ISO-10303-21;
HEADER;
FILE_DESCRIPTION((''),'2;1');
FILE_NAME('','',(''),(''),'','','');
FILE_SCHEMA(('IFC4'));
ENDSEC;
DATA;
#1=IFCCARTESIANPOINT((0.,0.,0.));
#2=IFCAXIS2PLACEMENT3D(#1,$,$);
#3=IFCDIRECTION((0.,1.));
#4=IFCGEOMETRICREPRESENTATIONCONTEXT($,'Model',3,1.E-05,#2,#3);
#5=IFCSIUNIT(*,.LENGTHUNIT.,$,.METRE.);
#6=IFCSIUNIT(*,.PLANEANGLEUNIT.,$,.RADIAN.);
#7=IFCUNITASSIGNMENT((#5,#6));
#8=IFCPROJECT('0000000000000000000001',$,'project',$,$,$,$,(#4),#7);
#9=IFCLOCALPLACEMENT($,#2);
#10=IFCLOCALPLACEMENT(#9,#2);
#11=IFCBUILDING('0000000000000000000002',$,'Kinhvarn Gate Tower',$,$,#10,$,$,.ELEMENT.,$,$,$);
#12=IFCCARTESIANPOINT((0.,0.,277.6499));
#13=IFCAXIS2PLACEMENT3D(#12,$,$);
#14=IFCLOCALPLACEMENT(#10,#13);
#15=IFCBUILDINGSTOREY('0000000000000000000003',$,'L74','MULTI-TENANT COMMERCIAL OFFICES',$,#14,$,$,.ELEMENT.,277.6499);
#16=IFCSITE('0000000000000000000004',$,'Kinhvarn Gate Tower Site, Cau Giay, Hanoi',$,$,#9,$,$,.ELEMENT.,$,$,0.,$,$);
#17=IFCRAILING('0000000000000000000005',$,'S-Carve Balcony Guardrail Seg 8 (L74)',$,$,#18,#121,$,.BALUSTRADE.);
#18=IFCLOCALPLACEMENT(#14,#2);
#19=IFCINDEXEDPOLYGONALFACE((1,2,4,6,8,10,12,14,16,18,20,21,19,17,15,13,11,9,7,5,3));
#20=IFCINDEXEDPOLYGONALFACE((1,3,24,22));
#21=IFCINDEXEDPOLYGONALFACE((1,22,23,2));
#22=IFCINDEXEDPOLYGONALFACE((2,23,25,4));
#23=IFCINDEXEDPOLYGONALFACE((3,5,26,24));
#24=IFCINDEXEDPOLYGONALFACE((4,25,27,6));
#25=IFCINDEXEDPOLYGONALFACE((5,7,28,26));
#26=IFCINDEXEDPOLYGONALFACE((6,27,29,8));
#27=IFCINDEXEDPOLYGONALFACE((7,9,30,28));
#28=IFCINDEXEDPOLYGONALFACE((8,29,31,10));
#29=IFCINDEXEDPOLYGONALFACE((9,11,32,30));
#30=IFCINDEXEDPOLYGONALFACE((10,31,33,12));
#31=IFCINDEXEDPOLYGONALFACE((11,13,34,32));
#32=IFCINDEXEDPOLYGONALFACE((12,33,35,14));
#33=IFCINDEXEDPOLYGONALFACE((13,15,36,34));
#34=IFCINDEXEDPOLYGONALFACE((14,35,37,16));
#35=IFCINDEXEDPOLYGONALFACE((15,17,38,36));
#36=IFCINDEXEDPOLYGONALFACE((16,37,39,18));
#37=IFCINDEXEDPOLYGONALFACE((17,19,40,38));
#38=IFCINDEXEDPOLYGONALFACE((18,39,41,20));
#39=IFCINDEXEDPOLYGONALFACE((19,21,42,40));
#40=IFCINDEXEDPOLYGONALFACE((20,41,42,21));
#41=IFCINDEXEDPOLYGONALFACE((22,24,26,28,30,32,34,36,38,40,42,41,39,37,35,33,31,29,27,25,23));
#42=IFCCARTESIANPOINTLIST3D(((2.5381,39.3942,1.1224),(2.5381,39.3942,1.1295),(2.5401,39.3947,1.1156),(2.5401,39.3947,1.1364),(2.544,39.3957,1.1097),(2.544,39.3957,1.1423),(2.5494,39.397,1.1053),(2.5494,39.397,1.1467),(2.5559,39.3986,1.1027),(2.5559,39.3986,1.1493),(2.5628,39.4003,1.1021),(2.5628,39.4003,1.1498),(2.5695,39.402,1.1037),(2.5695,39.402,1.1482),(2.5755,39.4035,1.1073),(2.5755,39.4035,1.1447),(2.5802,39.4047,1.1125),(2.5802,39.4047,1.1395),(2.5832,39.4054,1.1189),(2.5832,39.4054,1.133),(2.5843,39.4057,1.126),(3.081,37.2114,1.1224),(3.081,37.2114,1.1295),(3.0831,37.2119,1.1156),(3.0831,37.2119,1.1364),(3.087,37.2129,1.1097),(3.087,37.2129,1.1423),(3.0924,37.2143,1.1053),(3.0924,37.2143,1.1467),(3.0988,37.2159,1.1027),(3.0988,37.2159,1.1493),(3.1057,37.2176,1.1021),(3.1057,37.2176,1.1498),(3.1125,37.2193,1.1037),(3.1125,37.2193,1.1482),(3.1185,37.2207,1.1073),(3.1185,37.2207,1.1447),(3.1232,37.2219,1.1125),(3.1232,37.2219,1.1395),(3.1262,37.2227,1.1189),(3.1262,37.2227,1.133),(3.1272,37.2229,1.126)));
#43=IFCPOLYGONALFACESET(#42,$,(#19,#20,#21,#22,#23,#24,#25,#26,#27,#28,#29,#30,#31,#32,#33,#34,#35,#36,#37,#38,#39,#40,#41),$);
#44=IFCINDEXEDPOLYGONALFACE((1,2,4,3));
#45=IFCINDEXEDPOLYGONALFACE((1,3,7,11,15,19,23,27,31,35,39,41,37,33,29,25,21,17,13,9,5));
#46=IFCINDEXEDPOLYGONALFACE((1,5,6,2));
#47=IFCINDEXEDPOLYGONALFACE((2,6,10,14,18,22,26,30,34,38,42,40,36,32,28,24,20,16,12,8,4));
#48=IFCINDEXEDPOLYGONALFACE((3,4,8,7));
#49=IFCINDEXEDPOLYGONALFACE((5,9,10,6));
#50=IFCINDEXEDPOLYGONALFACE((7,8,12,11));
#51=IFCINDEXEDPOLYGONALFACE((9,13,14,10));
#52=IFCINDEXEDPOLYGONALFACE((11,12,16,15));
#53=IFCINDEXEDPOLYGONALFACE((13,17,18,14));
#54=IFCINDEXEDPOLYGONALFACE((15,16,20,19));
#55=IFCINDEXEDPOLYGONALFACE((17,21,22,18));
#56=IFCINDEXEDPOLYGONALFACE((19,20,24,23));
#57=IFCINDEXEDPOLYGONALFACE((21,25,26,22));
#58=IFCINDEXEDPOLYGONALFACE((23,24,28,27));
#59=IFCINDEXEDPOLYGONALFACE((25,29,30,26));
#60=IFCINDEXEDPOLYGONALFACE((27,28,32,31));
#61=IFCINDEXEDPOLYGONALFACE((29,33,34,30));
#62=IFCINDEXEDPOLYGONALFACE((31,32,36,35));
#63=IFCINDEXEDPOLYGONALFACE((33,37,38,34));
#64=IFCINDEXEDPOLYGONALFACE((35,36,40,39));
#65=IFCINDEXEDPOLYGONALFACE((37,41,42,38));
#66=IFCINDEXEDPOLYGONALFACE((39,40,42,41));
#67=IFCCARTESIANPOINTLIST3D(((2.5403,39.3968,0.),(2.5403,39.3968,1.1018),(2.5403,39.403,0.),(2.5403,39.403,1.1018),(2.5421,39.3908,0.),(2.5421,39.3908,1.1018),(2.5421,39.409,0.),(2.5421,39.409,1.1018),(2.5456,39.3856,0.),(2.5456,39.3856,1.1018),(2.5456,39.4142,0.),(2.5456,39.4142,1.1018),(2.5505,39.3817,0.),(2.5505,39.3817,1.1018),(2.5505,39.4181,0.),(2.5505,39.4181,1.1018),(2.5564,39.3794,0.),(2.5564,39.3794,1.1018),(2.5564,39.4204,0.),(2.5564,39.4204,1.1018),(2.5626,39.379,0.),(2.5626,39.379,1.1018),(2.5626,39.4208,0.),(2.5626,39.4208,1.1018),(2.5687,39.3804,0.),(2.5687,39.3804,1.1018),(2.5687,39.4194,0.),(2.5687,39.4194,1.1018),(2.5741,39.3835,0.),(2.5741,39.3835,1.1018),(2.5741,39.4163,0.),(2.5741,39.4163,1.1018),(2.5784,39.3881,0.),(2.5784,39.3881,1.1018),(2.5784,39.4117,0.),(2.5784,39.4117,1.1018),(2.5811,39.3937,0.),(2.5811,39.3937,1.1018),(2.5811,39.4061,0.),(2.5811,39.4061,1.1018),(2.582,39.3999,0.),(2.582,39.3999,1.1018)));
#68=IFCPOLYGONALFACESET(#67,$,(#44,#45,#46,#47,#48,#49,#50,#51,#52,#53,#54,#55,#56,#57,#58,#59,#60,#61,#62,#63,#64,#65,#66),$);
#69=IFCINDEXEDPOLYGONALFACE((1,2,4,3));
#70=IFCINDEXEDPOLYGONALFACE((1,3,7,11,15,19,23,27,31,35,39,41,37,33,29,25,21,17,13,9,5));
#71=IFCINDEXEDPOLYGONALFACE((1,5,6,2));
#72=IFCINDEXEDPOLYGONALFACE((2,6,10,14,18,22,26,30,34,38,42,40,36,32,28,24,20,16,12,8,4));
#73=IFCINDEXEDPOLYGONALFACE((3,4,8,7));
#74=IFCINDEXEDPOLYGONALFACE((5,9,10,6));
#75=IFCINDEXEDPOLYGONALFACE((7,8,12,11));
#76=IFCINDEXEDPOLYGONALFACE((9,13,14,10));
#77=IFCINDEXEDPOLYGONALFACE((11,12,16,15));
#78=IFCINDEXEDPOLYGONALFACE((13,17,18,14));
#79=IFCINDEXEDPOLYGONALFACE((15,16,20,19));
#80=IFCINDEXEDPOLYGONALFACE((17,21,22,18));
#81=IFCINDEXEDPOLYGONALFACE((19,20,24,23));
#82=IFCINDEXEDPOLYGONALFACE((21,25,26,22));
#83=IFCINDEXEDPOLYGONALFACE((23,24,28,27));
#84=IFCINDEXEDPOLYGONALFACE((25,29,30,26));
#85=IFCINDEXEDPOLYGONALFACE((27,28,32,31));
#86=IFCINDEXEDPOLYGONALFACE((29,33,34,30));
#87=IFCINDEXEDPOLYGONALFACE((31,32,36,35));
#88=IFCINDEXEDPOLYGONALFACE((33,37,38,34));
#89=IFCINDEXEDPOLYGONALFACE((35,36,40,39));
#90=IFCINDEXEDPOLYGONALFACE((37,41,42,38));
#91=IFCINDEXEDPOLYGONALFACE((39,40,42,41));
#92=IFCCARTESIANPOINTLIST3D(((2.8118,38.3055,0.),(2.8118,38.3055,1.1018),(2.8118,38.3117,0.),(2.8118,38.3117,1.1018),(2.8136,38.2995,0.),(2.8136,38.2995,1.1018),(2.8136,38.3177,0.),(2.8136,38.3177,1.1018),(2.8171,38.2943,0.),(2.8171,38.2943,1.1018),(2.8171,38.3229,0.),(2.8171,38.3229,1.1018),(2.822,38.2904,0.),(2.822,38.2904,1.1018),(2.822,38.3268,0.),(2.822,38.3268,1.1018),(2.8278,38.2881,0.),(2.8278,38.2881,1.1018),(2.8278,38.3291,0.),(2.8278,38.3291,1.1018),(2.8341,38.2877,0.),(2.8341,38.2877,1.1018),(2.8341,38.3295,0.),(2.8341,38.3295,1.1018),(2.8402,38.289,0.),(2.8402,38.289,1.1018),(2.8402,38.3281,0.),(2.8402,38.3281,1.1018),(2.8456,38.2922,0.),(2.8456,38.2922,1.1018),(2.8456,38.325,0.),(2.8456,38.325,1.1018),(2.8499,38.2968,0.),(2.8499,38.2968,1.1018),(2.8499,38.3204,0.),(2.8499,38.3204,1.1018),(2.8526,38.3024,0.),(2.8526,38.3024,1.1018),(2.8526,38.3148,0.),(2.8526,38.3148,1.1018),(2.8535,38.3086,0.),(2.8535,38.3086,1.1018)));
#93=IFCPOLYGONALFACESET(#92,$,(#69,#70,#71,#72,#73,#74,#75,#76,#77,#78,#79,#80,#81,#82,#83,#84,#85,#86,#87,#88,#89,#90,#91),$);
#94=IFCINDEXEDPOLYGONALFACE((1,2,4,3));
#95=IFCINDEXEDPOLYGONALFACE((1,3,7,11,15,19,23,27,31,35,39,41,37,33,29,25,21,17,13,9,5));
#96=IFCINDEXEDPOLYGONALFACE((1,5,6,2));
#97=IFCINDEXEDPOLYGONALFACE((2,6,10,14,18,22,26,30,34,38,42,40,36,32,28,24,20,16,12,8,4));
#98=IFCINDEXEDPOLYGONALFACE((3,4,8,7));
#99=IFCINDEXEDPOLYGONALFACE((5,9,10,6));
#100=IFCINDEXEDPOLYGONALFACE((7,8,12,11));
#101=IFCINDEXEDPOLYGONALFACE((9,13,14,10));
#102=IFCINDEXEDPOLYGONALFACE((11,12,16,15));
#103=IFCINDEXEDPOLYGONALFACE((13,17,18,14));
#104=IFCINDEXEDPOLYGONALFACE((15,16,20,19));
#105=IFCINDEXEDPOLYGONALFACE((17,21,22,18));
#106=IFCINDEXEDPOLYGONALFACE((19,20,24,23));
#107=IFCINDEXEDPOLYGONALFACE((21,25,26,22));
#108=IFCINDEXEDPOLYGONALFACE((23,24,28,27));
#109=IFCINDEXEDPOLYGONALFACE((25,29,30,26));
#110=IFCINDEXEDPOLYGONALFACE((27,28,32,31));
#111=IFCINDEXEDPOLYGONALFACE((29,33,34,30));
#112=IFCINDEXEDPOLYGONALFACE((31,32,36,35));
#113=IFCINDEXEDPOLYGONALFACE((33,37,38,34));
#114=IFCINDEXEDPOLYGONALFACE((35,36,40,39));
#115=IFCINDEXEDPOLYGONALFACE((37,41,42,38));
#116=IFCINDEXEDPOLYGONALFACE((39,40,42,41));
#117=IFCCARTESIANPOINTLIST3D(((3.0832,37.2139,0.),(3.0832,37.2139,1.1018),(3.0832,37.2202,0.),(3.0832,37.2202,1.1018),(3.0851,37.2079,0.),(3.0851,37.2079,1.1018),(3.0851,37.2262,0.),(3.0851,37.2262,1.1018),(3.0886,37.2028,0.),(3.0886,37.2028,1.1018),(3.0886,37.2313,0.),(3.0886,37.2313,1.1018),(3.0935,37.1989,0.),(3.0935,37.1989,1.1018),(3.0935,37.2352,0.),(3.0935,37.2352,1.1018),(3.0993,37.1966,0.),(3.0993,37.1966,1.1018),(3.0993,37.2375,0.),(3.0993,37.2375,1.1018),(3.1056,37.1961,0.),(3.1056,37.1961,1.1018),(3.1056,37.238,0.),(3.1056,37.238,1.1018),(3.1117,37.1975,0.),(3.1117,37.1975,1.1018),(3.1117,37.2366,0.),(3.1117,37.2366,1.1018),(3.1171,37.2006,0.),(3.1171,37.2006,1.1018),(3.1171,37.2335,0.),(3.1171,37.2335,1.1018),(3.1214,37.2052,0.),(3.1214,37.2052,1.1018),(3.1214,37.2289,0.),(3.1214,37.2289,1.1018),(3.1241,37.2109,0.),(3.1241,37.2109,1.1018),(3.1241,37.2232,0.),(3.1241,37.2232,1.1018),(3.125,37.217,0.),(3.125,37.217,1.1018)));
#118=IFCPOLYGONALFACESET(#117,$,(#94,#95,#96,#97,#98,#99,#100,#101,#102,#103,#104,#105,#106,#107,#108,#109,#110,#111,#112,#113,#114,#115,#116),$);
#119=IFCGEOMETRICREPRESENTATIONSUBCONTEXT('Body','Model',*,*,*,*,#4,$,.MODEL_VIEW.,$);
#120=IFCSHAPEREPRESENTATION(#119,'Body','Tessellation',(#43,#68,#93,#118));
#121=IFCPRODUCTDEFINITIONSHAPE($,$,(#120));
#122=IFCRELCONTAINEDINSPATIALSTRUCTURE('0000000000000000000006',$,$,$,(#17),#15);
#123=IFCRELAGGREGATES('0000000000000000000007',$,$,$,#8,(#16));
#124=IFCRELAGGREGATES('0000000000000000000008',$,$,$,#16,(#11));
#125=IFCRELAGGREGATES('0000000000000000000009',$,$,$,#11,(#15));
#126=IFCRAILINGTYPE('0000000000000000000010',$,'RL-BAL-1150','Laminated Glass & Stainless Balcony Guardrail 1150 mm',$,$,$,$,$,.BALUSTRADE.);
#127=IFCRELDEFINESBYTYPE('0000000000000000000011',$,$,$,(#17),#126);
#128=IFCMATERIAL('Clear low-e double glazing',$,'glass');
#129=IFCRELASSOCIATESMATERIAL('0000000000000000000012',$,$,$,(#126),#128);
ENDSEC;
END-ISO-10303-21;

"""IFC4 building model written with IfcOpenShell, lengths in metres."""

from ifc_helpers import new_model, si_unit, direction, frame, origin, origin_2d, place, context, subcontext, project, spatial, circle, extrude, material, type_object, element, save


model = new_model("IFC4")

# Units and contexts
model_context = context("Model", 3, precision=1e-05, world=origin(), true_north=direction((0.0, 1.0)))
body_context = subcontext(model_context, "Body", "Model", "MODEL_VIEW")
ifc_project = project(units=[si_unit("LENGTHUNIT", "METRE"), si_unit("PLANEANGLEUNIT", "RADIAN")], contexts=[model_context])

# Site, building, storey
site_placement = place(None, origin())
site = spatial("IfcSite", under=ifc_project, at=site_placement, Name="Kinhvarn Gate Tower Site, Cau Giay, Hanoi", CompositionType="ELEMENT", RefElevation=0.0)
building_placement = place(site_placement, origin())
building = spatial("IfcBuilding", under=site, at=building_placement, Name="Kinhvarn Gate Tower", CompositionType="ELEMENT")
storey_placement = place(building_placement, frame((0.0, 0.0, 277.6499)))
storey = spatial("IfcBuildingStorey", under=building, at=storey_placement, Name="L74", Description="MULTI-TENANT COMMERCIAL OFFICES", CompositionType="ELEMENT", Elevation=277.6499)

# Shared definitions
ifc_material_1 = material(Name="Clear low-e double glazing", Category="glass")

# Railing
railing_type = type_object("IfcRailingType", Name="RL-BAL-1150", Description="Laminated Glass & Stainless Balcony Guardrail 1150 mm", PredefinedType="BALUSTRADE", material=ifc_material_1)
railing_1_placement = place(storey_placement, frame((2.561, 39.3999, 0.0)))
element("IfcRailing", 1, at=railing_1_placement, inside=storey, type_object=railing_type, Name="S-Carve Balcony Guardrail Seg 8 (L74)", PredefinedType="BALUSTRADE", context=body_context, shape_type="SweptSolid", body=[
    extrude(circle(Radius=0.0239, at=origin_2d()), frame((0.0, 0.0, 1.126), z_axis=(0.241386, -0.970429, 0.0), x_axis=(0.970429, 0.241386, 0.0)), (0.0, 0.0, 1.0), 2.2493),
    extrude(circle(Radius=0.021, at=origin_2d()), origin(), (0.0, 0.0, 1.0), 1.1018),
    extrude(circle(Radius=0.021, at=origin_2d()), frame((0.2715, -1.0913, 0.0)), (0.0, 0.0, 1.0), 1.1018),
    extrude(circle(Radius=0.021, at=origin_2d()), frame((0.543, -2.1829, 0.0)), (0.0, 0.0, 1.0), 1.1018),
])

save(model, "model.ifc")
